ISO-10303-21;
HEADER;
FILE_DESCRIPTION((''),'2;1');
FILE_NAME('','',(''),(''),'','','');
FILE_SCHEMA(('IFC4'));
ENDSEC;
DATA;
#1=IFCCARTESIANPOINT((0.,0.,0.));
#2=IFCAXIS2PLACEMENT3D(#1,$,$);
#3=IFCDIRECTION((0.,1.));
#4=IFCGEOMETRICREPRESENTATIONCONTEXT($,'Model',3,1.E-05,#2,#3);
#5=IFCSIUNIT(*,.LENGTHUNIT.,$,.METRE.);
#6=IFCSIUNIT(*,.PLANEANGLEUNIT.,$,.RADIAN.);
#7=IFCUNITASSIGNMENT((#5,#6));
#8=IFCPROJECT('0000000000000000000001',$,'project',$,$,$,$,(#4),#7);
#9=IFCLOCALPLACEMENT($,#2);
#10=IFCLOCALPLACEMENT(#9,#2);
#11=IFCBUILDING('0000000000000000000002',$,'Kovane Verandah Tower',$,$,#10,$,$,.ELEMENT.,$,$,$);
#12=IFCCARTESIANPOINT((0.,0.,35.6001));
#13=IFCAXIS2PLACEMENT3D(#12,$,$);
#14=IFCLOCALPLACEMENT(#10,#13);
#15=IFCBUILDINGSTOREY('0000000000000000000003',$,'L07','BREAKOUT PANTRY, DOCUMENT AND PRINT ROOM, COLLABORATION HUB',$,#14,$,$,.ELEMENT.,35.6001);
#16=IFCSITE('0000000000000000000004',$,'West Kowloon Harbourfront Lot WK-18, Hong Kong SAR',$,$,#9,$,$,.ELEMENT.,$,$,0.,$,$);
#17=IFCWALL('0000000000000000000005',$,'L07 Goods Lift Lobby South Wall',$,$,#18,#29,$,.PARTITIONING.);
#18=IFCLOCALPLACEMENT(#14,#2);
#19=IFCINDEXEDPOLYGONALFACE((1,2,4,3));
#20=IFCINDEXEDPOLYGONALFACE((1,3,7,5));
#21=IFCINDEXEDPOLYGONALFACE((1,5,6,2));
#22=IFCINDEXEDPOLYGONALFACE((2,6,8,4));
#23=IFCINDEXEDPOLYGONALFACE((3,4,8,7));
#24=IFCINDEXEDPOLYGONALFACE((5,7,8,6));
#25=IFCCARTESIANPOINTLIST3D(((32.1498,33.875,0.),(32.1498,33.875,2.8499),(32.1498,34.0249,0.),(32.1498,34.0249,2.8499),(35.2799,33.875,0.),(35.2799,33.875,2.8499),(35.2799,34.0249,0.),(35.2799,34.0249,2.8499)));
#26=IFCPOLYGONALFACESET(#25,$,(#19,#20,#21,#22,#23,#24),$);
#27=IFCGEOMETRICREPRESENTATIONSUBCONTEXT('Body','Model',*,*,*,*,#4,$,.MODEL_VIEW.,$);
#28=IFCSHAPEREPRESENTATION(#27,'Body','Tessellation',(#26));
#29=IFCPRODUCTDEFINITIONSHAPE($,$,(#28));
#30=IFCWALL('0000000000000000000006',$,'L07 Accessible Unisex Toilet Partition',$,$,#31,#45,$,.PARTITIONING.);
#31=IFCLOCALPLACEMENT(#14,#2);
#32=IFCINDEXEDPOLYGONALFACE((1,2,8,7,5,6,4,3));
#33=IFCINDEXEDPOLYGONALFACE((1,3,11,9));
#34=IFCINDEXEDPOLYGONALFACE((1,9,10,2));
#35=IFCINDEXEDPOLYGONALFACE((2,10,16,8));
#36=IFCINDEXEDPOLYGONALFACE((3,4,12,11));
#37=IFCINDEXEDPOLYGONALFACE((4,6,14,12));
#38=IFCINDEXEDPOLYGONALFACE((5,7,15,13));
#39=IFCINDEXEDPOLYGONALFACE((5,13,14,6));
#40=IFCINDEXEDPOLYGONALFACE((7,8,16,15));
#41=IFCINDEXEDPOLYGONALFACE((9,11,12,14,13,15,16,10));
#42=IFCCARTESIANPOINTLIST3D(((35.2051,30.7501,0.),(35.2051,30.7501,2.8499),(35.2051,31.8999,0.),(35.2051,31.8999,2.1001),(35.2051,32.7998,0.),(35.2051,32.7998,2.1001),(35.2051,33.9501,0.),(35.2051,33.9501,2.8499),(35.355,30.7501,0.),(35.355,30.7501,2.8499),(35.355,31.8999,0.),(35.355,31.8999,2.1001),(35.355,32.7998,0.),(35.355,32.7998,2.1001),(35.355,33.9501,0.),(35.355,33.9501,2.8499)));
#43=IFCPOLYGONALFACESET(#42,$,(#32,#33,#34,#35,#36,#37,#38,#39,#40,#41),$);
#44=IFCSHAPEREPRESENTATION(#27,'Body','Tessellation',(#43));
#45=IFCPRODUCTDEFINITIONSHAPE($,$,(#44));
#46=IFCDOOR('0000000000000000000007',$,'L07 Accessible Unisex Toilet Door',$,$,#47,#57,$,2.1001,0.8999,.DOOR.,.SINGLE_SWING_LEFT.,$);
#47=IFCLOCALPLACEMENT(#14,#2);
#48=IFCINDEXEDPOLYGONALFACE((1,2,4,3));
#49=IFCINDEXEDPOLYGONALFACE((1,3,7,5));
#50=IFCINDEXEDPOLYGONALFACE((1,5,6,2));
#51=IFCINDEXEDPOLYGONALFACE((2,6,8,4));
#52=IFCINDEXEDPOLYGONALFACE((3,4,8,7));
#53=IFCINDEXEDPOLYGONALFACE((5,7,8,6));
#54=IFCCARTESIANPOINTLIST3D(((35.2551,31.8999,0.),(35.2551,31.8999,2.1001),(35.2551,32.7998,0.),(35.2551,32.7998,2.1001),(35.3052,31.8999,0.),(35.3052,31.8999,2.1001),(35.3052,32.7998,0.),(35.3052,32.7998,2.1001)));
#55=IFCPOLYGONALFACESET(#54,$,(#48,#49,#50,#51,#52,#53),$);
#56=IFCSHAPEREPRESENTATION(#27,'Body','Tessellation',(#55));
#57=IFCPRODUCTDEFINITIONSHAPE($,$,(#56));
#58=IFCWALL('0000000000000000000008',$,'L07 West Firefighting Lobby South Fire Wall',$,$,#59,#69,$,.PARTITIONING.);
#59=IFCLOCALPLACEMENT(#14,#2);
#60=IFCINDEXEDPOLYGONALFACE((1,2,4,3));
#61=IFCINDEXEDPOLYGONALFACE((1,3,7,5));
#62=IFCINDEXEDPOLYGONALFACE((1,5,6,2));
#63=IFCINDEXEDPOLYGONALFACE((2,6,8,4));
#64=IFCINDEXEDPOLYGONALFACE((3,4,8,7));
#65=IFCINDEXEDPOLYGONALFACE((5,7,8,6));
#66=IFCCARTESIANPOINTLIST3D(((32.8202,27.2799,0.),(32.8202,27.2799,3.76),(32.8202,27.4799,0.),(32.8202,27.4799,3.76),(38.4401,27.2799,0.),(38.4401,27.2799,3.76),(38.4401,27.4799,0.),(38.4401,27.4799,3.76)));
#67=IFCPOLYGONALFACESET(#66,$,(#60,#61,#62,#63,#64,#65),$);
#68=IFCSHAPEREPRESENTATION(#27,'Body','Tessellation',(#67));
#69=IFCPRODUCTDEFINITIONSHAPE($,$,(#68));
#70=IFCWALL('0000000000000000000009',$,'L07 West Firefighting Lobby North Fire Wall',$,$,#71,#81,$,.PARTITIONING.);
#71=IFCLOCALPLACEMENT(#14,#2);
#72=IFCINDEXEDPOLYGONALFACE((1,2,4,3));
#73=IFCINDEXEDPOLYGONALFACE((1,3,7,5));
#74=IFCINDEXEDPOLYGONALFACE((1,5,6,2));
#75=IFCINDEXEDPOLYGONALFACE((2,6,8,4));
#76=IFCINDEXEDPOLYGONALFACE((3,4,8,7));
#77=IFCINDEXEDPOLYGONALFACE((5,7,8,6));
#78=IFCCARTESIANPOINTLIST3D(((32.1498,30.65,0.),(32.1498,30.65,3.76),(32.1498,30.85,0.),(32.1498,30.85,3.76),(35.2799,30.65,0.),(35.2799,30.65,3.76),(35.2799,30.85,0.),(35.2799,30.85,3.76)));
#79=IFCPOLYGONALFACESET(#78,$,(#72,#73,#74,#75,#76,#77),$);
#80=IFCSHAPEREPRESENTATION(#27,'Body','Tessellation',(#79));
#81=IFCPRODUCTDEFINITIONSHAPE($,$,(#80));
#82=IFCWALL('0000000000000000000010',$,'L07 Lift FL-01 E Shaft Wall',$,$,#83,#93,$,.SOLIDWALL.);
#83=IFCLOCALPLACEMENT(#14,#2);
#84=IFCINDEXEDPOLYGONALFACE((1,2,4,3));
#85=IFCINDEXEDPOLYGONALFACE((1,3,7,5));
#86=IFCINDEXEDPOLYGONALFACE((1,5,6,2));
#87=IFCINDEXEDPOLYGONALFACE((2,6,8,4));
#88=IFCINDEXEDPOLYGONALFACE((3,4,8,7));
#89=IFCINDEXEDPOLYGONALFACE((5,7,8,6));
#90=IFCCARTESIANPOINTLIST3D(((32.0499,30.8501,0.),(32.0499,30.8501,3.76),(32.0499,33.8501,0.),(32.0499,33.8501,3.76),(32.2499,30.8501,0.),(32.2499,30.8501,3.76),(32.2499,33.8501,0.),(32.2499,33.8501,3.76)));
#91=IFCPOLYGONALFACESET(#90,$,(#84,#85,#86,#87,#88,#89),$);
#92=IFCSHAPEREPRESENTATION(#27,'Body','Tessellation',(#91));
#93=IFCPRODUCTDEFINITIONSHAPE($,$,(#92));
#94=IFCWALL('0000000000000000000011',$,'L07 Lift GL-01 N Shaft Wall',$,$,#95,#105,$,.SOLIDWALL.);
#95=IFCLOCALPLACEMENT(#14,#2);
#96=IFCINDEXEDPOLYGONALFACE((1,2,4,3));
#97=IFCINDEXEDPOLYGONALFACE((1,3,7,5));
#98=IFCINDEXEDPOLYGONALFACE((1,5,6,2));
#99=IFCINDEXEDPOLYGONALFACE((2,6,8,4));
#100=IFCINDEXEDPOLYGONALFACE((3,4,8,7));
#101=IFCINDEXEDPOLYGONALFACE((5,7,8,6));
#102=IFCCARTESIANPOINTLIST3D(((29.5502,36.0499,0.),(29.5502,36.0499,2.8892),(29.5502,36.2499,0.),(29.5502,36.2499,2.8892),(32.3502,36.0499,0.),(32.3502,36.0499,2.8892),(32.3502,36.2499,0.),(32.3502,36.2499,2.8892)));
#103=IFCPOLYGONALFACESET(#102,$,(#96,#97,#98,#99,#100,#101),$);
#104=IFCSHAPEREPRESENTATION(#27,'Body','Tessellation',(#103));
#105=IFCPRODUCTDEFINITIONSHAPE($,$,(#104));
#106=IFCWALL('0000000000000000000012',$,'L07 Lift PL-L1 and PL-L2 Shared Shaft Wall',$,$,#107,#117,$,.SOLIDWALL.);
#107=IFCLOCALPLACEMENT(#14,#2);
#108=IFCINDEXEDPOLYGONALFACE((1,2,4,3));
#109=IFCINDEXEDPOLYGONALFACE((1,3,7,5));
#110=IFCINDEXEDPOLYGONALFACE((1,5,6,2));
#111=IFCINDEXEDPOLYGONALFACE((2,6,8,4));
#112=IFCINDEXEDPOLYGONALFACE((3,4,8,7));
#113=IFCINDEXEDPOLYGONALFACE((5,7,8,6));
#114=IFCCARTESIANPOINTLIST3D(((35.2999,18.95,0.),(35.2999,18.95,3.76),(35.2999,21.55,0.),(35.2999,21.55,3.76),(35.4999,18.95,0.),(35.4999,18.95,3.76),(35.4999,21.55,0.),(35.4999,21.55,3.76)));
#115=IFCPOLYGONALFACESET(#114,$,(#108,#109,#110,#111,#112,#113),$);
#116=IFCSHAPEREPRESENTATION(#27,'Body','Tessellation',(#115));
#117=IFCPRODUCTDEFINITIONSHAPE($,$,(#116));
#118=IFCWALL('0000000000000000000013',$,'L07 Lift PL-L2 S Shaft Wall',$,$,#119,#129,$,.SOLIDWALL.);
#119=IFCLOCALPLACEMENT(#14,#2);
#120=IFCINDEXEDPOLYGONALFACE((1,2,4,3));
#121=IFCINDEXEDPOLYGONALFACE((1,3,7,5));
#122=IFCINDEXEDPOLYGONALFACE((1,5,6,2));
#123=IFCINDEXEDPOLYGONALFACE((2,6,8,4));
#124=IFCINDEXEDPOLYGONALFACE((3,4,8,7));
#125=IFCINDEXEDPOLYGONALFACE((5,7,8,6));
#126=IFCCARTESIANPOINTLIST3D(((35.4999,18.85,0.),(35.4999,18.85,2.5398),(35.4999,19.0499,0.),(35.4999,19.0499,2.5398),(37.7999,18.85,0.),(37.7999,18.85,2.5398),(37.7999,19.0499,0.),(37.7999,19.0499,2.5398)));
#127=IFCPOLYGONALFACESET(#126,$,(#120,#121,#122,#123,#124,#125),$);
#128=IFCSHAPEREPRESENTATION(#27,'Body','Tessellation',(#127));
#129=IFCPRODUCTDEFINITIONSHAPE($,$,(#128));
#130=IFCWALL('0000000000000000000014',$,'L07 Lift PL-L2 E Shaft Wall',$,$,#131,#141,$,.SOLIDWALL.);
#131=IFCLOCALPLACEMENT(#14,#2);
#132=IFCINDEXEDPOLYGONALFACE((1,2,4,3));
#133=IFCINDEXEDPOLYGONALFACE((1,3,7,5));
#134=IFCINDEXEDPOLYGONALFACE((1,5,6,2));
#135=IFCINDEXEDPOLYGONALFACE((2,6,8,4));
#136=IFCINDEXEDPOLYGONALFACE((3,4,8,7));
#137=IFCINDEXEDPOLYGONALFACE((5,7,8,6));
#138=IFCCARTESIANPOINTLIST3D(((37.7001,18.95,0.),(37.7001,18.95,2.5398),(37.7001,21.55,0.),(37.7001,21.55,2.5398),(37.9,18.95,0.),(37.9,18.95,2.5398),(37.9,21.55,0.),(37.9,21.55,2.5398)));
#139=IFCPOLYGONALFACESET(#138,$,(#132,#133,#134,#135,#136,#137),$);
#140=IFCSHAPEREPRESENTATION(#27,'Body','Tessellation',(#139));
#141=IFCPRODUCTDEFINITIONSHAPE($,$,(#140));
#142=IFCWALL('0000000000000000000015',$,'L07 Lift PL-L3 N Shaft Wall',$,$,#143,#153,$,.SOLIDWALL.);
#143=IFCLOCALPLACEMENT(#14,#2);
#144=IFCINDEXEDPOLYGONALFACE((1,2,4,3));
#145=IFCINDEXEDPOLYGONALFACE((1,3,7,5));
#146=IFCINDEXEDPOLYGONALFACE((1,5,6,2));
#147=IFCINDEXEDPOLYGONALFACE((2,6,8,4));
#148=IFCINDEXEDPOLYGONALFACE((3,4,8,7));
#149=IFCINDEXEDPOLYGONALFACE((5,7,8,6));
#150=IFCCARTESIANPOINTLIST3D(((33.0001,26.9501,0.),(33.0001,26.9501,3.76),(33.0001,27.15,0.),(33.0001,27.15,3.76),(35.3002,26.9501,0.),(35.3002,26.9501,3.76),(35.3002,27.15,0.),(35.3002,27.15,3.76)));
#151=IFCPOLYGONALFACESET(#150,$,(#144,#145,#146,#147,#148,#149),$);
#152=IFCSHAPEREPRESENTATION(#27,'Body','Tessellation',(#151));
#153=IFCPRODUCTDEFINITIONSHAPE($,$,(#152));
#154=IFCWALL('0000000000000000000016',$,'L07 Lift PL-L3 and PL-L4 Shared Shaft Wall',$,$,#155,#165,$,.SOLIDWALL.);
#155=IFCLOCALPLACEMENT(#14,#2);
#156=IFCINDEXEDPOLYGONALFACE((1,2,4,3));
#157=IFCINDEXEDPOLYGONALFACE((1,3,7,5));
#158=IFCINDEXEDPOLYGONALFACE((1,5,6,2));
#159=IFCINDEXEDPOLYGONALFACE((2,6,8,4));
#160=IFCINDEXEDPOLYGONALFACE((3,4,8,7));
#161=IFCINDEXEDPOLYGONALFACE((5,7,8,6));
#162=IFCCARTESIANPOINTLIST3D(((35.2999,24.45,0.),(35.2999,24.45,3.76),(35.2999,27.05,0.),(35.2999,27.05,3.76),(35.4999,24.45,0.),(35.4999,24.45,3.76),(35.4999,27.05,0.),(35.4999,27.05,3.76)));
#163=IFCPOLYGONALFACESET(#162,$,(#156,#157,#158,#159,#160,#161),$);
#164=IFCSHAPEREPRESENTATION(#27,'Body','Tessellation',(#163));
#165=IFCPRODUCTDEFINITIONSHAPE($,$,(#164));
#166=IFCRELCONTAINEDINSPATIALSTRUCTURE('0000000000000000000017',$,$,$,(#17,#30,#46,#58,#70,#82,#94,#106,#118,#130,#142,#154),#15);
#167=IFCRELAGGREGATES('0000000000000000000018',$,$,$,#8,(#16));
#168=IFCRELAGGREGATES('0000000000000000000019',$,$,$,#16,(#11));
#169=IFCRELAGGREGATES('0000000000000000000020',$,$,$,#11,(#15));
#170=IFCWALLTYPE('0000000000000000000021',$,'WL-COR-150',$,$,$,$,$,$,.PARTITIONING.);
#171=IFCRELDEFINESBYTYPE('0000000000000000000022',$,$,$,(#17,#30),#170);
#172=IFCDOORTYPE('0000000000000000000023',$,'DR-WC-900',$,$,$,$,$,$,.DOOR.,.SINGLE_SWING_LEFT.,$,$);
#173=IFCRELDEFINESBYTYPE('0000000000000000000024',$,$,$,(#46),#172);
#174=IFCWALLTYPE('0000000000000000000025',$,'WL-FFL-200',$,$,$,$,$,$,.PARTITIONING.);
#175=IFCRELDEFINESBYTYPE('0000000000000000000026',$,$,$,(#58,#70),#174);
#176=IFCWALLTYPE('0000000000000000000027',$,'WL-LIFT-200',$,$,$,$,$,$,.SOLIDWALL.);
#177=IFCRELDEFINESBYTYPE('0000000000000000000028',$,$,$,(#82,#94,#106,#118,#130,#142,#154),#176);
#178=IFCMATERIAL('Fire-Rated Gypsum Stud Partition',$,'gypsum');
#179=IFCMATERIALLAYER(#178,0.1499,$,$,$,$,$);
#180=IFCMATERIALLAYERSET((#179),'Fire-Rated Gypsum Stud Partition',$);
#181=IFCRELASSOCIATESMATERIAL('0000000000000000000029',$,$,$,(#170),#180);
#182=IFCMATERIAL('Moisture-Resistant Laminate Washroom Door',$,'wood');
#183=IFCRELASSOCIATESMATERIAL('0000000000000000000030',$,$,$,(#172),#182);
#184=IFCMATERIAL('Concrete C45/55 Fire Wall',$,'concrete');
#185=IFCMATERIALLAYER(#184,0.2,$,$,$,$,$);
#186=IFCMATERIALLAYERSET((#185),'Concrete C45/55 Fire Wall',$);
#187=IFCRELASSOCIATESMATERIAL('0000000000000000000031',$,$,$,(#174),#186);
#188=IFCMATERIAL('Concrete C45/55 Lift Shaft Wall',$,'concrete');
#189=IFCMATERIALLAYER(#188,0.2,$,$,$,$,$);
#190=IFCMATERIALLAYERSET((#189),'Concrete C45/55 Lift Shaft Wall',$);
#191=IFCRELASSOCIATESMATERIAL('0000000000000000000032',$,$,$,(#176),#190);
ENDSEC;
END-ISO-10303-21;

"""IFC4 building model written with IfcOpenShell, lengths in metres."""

from ifc_helpers import new_model, si_unit, direction, frame, frame_2d, origin, place, context, subcontext, project, spatial, rectangle, extrude, material, layer, layer_set, type_object, element, fill, save


model = new_model("IFC4")

# Units and contexts
model_context = context("Model", 3, precision=1e-05, world=origin(), true_north=direction((0.0, 1.0)))
body_context = subcontext(model_context, "Body", "Model", "MODEL_VIEW")
ifc_project = project(units=[si_unit("LENGTHUNIT", "METRE"), si_unit("PLANEANGLEUNIT", "RADIAN")], contexts=[model_context])

# Site, building, storey
site_placement = place(None, origin())
site = spatial("IfcSite", under=ifc_project, at=site_placement, Name="West Kowloon Harbourfront Lot WK-18, Hong Kong SAR", CompositionType="ELEMENT", RefElevation=0.0)
building_placement = place(site_placement, origin())
building = spatial("IfcBuilding", under=site, at=building_placement, Name="Kovane Verandah Tower", CompositionType="ELEMENT")
storey_placement = place(building_placement, frame((0.0, 0.0, 35.6001)))
storey = spatial("IfcBuildingStorey", under=building, at=storey_placement, Name="L07", Description="BREAKOUT PANTRY, DOCUMENT AND PRINT ROOM, COLLABORATION HUB", CompositionType="ELEMENT", Elevation=35.6001)

# Wall
ifc_material_1 = material(Name="Fire-Rated Gypsum Stud Partition", Category="gypsum")
ifc_layer_1 = layer(ifc_material_1, 0.1499)
ifc_layer_set_1 = layer_set([ifc_layer_1], Name="Fire-Rated Gypsum Stud Partition")
wall_type_1 = type_object("IfcWallType", Name="WL-COR-150", PredefinedType="PARTITIONING", material=ifc_layer_set_1)
wall_1_placement = place(storey_placement, frame((32.1499, 33.95, 0.0), z_axis=(0.0, 0.0, 1.0), x_axis=(1.0, 0.0, 0.0)))
element("IfcWall", 1, at=wall_1_placement, inside=storey, type_object=wall_type_1, Name="L07 Goods Lift Lobby South Wall", PredefinedType="PARTITIONING", context=body_context, shape_type="SweptSolid", body=[
    extrude(rectangle(XDim=3.1301, YDim=0.1499, at=frame_2d((1.5649, 0.0))), origin(), (0.0, 0.0, 1.0), 2.8499),
])

# Wall, opening, door
wall_2_placement = place(storey_placement, frame((35.28, 30.75, 0.0), z_axis=(0.0, 0.0, 1.0), x_axis=(0.0, 1.0, 0.0)))
wall_2 = element("IfcWall", 2, at=wall_2_placement, inside=storey, type_object=wall_type_1, Name="L07 Accessible Unisex Toilet Partition", PredefinedType="PARTITIONING", context=body_context, shape_type="SweptSolid", body=[
    extrude(rectangle(XDim=3.2, YDim=0.1499, at=frame_2d((1.6001, 0.0))), origin(), (0.0, 0.0, 1.0), 2.8499),
])
opening_1_placement = place(wall_2_placement, frame((1.1499, 0.0, 0.0)))
opening_1 = element("IfcOpeningElement", 3, at=opening_1_placement, cuts=wall_2, PredefinedType="OPENING", context=body_context, shape_type="SweptSolid", body=[
    extrude(rectangle(XDim=0.8999, YDim=2.1001, at=frame_2d((0.45, 1.05))), frame((0.0, 0.075, 0.0), z_axis=(0.0, -1.0, 0.0), x_axis=(1.0, 0.0, 0.0)), (0.0, 0.0, 1.0), 0.1499),
])
ifc_material_2 = material(Name="Moisture-Resistant Laminate Washroom Door", Category="wood")
door_type_1 = type_object("IfcDoorType", Name="DR-WC-900", OperationType="SINGLE_SWING_LEFT", PredefinedType="DOOR", material=ifc_material_2)
door_1_placement = place(opening_1_placement, origin())
door_1 = element("IfcDoor", 4, at=door_1_placement, inside=storey, type_object=door_type_1, Name="L07 Accessible Unisex Toilet Door", OperationType="SINGLE_SWING_LEFT", OverallHeight=2.1001, OverallWidth=0.8999, PredefinedType="DOOR", context=body_context, shape_type="SweptSolid", body=[
    extrude(rectangle(XDim=0.8999, YDim=2.1001, at=frame_2d((0.45, 1.05))), frame((0.0, 0.0249, 0.0), z_axis=(0.0, -1.0, 0.0), x_axis=(1.0, 0.0, 0.0)), (0.0, 0.0, 1.0), 0.05),
])
fill(opening_1, door_1)
ifc_material_3 = material(Name="Concrete C45/55 Fire Wall", Category="concrete")
ifc_layer_2 = layer(ifc_material_3, 0.2)
ifc_layer_set_2 = layer_set([ifc_layer_2], Name="Concrete C45/55 Fire Wall")
wall_type_2 = type_object("IfcWallType", Name="WL-FFL-200", PredefinedType="PARTITIONING", material=ifc_layer_set_2)

# Walls
wall_3_placement = place(storey_placement, frame((32.8201, 27.3799, 0.0), z_axis=(0.0, 0.0, 1.0), x_axis=(1.0, 0.0, 0.0)))
element("IfcWall", 5, at=wall_3_placement, inside=storey, type_object=wall_type_2, Name="L07 West Firefighting Lobby South Fire Wall", PredefinedType="PARTITIONING", context=body_context, shape_type="SweptSolid", body=[
    extrude(rectangle(XDim=5.6199, YDim=0.2, at=frame_2d((2.8101, 0.0))), origin(), (0.0, 0.0, 1.0), 3.76),
])
wall_4_placement = place(storey_placement, frame((32.1499, 30.75, 0.0), z_axis=(0.0, 0.0, 1.0), x_axis=(1.0, 0.0, 0.0)))
element("IfcWall", 6, at=wall_4_placement, inside=storey, type_object=wall_type_2, Name="L07 West Firefighting Lobby North Fire Wall", PredefinedType="PARTITIONING", context=body_context, shape_type="SweptSolid", body=[
    extrude(rectangle(XDim=3.1301, YDim=0.2, at=frame_2d((1.5649, 0.0))), origin(), (0.0, 0.0, 1.0), 3.76),
])
ifc_material_4 = material(Name="Concrete C45/55 Lift Shaft Wall", Category="concrete")
ifc_layer_3 = layer(ifc_material_4, 0.2)
ifc_layer_set_3 = layer_set([ifc_layer_3], Name="Concrete C45/55 Lift Shaft Wall")
wall_type_3 = type_object("IfcWallType", Name="WL-LIFT-200", PredefinedType="SOLIDWALL", material=ifc_layer_set_3)
wall_5_placement = place(storey_placement, frame((32.1499, 30.8501, 0.0), z_axis=(0.0, 0.0, 1.0), x_axis=(0.0, 1.0, 0.0)))
element("IfcWall", 7, at=wall_5_placement, inside=storey, type_object=wall_type_3, Name="L07 Lift FL-01 E Shaft Wall", PredefinedType="SOLIDWALL", context=body_context, shape_type="SweptSolid", body=[
    extrude(rectangle(XDim=3.0, YDim=0.2, at=frame_2d((1.5, 0.0))), origin(), (0.0, 0.0, 1.0), 3.76),
])
wall_6_placement = place(storey_placement, frame((32.3501, 36.1499, 0.0), z_axis=(0.0, 0.0, 1.0), x_axis=(-1.0, 0.0, 0.0)))
element("IfcWall", 8, at=wall_6_placement, inside=storey, type_object=wall_type_3, Name="L07 Lift GL-01 N Shaft Wall", PredefinedType="SOLIDWALL", context=body_context, shape_type="SweptSolid", body=[
    extrude(rectangle(XDim=2.8, YDim=0.2, at=frame_2d((1.3999, 0.0))), origin(), (0.0, 0.0, 1.0), 2.8892),
])

# Walls
wall_7_placement = place(storey_placement, frame((35.3999, 18.95, 0.0), z_axis=(0.0, 0.0, 1.0), x_axis=(0.0, 1.0, 0.0)))
element("IfcWall", 9, at=wall_7_placement, inside=storey, type_object=wall_type_3, Name="L07 Lift PL-L1 and PL-L2 Shared Shaft Wall", PredefinedType="SOLIDWALL", context=body_context, shape_type="SweptSolid", body=[
    extrude(rectangle(XDim=2.6001, YDim=0.2, at=frame_2d((1.3, 0.0))), origin(), (0.0, 0.0, 1.0), 3.76),
])
wall_8_placement = place(storey_placement, frame((35.5, 18.95, 0.0), z_axis=(0.0, 0.0, 1.0), x_axis=(1.0, 0.0, 0.0)))
element("IfcWall", 10, at=wall_8_placement, inside=storey, type_object=wall_type_3, Name="L07 Lift PL-L2 S Shaft Wall", PredefinedType="SOLIDWALL", context=body_context, shape_type="SweptSolid", body=[
    extrude(rectangle(XDim=2.3, YDim=0.2, at=frame_2d((1.1499, 0.0))), origin(), (0.0, 0.0, 1.0), 2.5398),
])

# Wall
wall_9_placement = place(storey_placement, frame((37.8, 18.95, 0.0), z_axis=(0.0, 0.0, 1.0), x_axis=(0.0, 1.0, 0.0)))
element("IfcWall", 11, at=wall_9_placement, inside=storey, type_object=wall_type_3, Name="L07 Lift PL-L2 E Shaft Wall", PredefinedType="SOLIDWALL", context=body_context, shape_type="SweptSolid", body=[
    extrude(rectangle(XDim=2.6001, YDim=0.2, at=frame_2d((1.3, 0.0))), origin(), (0.0, 0.0, 1.0), 2.5398),
])

# Walls
wall_10_placement = place(storey_placement, frame((35.3, 27.05, 0.0), z_axis=(0.0, 0.0, 1.0), x_axis=(-1.0, 0.0, 0.0)))
element("IfcWall", 12, at=wall_10_placement, inside=storey, type_object=wall_type_3, Name="L07 Lift PL-L3 N Shaft Wall", PredefinedType="SOLIDWALL", context=body_context, shape_type="SweptSolid", body=[
    extrude(rectangle(XDim=2.3, YDim=0.2, at=frame_2d((1.1499, 0.0))), origin(), (0.0, 0.0, 1.0), 3.76),
])
wall_11_placement = place(storey_placement, frame((35.3999, 24.45, 0.0), z_axis=(0.0, 0.0, 1.0), x_axis=(0.0, 1.0, 0.0)))
element("IfcWall", 13, at=wall_11_placement, inside=storey, type_object=wall_type_3, Name="L07 Lift PL-L3 and PL-L4 Shared Shaft Wall", PredefinedType="SOLIDWALL", context=body_context, shape_type="SweptSolid", body=[
    extrude(rectangle(XDim=2.6001, YDim=0.2, at=frame_2d((1.3, 0.0))), origin(), (0.0, 0.0, 1.0), 3.76),
])

save(model, "model.ifc")
